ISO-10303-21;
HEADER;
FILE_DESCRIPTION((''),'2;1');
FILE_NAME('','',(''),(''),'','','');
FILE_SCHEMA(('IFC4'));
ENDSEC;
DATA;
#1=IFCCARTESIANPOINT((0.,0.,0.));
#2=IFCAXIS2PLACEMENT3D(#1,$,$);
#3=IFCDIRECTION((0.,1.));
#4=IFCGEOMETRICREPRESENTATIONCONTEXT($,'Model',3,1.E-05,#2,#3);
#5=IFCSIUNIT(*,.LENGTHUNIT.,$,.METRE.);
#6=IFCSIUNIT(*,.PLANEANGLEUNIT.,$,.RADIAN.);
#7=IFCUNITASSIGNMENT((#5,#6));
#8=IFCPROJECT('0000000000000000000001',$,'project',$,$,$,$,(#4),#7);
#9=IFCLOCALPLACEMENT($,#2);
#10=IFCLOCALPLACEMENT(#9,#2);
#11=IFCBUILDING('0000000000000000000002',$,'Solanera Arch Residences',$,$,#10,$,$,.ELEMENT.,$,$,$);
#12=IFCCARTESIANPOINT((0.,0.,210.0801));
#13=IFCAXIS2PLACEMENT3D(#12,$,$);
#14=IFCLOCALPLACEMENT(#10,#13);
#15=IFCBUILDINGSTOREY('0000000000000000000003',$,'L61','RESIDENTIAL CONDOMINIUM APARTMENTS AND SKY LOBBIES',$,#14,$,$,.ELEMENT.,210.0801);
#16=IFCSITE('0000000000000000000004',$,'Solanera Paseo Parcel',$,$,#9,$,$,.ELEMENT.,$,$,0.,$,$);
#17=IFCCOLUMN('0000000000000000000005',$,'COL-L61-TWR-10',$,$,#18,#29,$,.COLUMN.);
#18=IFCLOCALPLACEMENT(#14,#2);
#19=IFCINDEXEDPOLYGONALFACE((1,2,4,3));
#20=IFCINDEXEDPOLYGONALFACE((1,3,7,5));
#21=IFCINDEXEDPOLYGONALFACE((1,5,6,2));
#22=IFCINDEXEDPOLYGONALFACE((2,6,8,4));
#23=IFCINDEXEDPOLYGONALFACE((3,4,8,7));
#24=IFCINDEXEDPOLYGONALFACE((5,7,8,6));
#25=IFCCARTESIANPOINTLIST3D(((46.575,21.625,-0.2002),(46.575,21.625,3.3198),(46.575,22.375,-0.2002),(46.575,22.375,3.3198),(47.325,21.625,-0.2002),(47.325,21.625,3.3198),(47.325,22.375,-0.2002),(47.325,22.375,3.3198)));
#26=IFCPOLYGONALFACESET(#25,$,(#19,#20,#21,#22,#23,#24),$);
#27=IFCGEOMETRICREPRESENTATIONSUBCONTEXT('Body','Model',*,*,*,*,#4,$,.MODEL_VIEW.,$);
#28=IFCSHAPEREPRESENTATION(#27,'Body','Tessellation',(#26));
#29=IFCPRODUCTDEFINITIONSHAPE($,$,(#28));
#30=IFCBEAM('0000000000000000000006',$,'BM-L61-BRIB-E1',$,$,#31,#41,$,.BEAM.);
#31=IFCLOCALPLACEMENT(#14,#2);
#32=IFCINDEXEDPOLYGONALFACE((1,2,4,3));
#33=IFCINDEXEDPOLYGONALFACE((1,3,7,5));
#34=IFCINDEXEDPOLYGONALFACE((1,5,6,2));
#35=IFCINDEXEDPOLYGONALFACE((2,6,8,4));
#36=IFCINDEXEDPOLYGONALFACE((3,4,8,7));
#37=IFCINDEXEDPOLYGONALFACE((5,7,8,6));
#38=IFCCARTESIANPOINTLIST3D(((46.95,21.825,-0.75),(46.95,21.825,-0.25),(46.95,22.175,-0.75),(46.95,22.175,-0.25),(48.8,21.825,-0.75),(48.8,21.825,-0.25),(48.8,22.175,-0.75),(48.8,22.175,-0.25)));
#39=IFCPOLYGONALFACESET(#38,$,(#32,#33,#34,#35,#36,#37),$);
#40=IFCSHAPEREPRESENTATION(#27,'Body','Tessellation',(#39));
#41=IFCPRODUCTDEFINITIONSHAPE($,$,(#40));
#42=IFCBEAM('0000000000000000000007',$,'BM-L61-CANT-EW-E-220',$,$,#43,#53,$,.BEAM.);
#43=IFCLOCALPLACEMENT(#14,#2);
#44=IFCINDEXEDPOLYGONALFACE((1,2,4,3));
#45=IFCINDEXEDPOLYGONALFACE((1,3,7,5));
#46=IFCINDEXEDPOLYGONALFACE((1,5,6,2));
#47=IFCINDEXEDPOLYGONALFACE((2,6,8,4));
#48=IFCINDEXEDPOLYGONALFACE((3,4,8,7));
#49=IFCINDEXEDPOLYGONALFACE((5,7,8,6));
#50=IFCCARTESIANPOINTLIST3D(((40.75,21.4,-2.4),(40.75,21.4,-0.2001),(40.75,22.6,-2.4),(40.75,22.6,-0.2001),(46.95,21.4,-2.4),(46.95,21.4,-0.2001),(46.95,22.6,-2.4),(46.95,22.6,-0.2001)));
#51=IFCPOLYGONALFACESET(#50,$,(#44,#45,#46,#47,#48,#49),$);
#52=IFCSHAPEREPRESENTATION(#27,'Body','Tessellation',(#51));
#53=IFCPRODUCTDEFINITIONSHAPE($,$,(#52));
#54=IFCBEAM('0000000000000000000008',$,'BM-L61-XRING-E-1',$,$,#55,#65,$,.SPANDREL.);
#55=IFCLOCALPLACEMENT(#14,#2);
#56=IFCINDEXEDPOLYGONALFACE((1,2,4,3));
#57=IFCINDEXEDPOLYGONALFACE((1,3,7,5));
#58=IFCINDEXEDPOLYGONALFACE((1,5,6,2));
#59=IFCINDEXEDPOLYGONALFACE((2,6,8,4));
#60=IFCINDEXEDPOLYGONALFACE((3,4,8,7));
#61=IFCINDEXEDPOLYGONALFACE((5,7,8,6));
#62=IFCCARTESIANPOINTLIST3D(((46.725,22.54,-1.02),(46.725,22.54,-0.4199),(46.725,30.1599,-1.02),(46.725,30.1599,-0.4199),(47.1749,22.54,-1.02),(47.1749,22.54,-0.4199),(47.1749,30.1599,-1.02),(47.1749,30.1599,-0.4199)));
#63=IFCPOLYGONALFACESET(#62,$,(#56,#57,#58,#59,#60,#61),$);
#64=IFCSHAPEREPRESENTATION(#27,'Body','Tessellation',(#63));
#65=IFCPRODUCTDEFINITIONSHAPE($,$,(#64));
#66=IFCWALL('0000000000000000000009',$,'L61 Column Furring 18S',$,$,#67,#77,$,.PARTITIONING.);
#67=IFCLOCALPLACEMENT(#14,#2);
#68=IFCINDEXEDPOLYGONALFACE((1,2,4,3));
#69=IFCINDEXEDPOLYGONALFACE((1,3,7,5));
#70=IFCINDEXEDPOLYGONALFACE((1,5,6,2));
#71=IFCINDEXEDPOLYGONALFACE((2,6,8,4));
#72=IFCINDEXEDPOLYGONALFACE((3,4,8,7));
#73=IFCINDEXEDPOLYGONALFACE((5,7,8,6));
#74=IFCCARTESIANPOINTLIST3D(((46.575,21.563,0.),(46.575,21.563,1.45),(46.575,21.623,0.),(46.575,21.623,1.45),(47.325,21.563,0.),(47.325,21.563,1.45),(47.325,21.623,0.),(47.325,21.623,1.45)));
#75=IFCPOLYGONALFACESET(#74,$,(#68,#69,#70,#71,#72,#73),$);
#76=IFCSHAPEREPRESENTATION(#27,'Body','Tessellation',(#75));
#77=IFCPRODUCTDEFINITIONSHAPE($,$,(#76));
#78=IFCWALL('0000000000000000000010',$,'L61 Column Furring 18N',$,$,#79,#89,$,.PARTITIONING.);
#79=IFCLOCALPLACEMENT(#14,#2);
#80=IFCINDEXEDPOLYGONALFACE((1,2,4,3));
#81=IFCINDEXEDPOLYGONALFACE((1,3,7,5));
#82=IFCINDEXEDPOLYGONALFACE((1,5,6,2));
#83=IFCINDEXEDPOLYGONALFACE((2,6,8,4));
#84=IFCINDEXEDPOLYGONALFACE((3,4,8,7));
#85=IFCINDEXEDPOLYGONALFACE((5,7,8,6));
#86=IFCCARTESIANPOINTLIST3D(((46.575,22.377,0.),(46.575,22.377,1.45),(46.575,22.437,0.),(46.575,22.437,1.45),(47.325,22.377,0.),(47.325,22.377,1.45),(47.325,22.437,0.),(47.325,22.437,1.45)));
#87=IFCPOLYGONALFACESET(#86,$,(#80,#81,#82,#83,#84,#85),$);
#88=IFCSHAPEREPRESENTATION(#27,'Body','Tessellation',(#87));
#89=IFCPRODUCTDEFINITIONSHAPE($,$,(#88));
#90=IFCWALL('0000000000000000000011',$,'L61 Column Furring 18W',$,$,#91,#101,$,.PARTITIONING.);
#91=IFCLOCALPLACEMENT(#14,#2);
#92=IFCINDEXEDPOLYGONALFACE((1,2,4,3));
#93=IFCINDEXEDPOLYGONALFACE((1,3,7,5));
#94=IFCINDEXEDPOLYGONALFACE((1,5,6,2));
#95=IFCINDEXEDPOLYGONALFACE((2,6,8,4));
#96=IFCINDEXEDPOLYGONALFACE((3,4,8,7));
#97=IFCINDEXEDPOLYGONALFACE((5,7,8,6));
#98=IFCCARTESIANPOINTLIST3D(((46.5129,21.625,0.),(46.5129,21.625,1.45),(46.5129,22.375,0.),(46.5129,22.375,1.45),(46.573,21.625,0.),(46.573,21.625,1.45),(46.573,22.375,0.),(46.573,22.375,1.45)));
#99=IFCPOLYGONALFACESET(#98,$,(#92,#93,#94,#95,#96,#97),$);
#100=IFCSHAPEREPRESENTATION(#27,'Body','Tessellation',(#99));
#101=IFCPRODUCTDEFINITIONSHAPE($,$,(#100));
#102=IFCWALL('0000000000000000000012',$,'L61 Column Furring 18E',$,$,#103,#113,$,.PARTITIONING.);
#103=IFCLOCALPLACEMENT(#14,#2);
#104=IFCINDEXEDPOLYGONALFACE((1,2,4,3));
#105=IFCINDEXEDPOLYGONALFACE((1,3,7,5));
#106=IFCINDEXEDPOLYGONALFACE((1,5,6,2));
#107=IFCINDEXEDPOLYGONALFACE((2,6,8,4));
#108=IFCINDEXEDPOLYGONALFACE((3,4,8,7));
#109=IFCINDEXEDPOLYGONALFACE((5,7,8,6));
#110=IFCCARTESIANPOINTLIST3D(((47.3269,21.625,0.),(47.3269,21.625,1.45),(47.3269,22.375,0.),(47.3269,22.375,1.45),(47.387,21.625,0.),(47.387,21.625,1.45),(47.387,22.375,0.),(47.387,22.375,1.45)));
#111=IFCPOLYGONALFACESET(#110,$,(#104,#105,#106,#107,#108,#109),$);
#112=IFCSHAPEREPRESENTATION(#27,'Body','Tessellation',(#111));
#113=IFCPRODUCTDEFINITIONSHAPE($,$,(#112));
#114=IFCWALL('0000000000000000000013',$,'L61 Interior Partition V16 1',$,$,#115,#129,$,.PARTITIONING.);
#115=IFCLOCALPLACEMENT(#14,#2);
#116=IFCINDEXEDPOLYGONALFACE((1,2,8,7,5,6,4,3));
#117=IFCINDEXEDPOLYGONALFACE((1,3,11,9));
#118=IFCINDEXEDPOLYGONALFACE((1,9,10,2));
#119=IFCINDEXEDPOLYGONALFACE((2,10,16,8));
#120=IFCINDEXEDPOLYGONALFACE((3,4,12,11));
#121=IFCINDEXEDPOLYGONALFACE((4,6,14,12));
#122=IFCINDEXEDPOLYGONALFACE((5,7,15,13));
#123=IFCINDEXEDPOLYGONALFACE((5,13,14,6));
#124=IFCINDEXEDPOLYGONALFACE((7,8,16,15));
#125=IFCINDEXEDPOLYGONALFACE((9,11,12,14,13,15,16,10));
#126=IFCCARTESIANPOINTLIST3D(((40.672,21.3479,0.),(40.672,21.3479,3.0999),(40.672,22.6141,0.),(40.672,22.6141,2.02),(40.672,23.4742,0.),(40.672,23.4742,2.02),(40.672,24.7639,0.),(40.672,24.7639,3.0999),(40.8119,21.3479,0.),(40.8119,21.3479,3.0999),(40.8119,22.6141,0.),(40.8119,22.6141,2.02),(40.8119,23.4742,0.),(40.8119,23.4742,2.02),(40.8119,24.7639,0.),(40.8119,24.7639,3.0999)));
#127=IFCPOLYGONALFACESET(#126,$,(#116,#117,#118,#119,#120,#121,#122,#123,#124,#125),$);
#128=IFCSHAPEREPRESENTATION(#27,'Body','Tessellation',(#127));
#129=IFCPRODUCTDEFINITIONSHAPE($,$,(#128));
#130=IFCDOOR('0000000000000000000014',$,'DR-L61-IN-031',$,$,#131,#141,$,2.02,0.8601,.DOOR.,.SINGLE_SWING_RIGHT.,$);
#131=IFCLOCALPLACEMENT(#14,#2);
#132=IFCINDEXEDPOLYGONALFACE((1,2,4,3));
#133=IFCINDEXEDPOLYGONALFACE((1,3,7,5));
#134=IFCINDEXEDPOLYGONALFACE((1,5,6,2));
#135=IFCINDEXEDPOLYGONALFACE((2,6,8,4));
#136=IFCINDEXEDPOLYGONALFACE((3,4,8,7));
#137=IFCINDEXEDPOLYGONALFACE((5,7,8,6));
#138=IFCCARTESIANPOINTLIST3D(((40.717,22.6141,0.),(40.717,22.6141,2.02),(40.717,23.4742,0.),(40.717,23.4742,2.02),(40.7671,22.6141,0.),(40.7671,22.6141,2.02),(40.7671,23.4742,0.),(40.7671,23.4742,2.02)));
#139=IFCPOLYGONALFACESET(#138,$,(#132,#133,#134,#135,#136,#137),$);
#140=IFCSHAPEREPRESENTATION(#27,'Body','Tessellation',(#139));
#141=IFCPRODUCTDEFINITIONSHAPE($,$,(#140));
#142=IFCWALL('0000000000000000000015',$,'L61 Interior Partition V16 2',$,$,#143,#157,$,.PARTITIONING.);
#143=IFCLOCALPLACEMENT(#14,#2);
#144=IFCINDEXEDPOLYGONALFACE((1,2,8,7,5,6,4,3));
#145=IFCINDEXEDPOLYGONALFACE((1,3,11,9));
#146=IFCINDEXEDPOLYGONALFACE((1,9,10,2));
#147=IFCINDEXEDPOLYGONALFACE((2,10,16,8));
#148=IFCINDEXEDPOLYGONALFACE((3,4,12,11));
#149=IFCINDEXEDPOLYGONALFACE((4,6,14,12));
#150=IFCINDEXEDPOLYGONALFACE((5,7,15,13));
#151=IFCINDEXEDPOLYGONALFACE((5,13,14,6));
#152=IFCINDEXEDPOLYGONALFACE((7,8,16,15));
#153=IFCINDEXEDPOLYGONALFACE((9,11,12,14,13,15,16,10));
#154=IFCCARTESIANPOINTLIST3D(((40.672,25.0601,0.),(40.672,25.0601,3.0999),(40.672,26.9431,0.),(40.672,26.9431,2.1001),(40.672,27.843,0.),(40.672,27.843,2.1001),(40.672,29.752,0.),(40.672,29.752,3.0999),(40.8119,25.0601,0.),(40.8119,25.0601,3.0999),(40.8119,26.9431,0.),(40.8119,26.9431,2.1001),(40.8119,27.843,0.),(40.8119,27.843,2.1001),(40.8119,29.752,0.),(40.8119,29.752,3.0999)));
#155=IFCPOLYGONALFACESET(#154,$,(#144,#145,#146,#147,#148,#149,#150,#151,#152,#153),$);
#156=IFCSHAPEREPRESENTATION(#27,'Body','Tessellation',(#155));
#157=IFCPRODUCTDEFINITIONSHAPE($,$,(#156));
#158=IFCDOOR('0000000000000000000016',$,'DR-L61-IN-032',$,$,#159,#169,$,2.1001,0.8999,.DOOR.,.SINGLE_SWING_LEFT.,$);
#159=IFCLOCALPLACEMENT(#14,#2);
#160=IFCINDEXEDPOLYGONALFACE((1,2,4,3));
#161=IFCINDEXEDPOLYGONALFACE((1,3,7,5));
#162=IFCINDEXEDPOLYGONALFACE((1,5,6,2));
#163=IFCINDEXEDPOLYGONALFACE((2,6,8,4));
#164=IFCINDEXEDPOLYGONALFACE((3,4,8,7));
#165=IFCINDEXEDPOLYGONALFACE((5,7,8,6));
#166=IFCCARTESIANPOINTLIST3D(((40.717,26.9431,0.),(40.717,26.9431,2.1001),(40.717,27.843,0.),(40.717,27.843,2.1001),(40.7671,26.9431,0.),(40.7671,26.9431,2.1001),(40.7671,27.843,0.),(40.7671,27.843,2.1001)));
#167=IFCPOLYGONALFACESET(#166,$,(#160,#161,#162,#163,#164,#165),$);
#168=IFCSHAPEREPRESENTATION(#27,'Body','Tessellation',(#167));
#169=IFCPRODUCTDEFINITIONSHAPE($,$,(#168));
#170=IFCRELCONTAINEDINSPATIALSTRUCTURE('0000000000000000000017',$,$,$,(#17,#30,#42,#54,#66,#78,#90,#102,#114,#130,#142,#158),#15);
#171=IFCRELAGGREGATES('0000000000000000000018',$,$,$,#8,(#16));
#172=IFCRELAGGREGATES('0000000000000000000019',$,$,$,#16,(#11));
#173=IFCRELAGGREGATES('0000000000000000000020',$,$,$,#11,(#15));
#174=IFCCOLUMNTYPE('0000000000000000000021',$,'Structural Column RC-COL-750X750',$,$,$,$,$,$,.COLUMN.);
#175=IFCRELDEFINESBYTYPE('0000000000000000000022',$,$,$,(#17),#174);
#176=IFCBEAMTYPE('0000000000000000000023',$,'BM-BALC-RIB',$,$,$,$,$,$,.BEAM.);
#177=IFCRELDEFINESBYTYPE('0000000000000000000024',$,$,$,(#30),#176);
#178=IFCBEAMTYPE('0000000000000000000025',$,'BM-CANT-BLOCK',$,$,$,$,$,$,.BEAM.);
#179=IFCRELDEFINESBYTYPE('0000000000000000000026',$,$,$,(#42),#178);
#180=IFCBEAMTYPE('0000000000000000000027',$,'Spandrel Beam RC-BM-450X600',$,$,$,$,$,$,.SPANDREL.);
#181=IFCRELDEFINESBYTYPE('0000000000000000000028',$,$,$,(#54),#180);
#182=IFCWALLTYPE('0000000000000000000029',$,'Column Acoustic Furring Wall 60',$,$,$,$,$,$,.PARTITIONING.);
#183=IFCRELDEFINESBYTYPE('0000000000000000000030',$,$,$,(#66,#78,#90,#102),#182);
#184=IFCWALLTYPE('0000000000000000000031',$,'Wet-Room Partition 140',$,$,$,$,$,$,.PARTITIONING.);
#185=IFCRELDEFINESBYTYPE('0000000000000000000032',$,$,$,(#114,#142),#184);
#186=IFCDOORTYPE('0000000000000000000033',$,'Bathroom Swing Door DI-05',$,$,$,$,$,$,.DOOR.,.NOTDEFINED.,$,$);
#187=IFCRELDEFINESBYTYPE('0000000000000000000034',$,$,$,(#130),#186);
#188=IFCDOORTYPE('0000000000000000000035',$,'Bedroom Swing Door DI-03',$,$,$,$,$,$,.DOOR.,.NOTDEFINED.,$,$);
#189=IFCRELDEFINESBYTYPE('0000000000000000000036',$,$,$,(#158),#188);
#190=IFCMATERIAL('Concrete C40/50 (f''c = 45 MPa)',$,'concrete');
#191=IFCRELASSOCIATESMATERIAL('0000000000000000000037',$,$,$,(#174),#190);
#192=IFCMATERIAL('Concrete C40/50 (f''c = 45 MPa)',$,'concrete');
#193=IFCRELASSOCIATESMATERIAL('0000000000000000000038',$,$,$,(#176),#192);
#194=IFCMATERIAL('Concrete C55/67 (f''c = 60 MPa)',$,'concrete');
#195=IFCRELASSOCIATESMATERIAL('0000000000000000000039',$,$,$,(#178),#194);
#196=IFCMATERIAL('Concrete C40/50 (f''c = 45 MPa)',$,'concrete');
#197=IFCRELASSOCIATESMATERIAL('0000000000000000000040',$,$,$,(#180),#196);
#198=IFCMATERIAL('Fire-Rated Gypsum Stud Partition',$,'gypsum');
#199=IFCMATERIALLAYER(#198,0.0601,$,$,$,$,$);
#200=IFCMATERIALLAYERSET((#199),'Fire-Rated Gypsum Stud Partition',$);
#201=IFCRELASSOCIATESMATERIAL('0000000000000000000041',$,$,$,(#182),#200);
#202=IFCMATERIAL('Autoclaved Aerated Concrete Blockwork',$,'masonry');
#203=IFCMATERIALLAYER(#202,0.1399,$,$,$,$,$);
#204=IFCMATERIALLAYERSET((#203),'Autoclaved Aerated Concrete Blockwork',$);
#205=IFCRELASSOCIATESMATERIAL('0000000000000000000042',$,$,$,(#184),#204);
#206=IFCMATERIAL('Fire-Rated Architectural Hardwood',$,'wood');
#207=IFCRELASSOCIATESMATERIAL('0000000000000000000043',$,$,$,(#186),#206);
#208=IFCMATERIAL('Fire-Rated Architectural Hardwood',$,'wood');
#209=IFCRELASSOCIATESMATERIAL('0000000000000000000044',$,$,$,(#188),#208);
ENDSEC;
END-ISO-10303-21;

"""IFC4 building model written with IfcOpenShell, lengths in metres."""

from ifc_helpers import new_model, si_unit, direction, frame, frame_2d, origin, origin_2d, place, context, subcontext, project, spatial, rectangle, extrude, material, layer, layer_set, material_profile, profile_set, type_object, element, fill, save


model = new_model("IFC4")

# Units and contexts
model_context = context("Model", 3, precision=1e-05, world=origin(), true_north=direction((0.0, 1.0)))
body_context = subcontext(model_context, "Body", "Model", "MODEL_VIEW")
ifc_project = project(units=[si_unit("LENGTHUNIT", "METRE"), si_unit("PLANEANGLEUNIT", "RADIAN")], contexts=[model_context])

# Site, building, storey
site_placement = place(None, origin())
site = spatial("IfcSite", under=ifc_project, at=site_placement, Name="Solanera Paseo Parcel", CompositionType="ELEMENT", RefElevation=0.0)
building_placement = place(site_placement, origin())
building = spatial("IfcBuilding", under=site, at=building_placement, Name="Solanera Arch Residences", CompositionType="ELEMENT")
storey_placement = place(building_placement, frame((0.0, 0.0, 210.0801)))
storey = spatial("IfcBuildingStorey", under=building, at=storey_placement, Name="L61", Description="RESIDENTIAL CONDOMINIUM APARTMENTS AND SKY LOBBIES", CompositionType="ELEMENT", Elevation=210.0801)

# Column
ifc_material_1 = material(Name="Concrete C40/50 (f'c = 45 MPa)", Category="concrete")
ifc_material_profile_1 = material_profile(ifc_material_1, rectangle(XDim=0.75, YDim=0.75, at=origin_2d()))
ifc_profile_set_1 = profile_set([ifc_material_profile_1], Name="Concrete C40/50 (f'c = 45 MPa)")
column_type = type_object("IfcColumnType", Name="Structural Column RC-COL-750X750", PredefinedType="COLUMN", material=ifc_profile_set_1)
column_placement = place(storey_placement, frame((46.95, 22.0, -0.2002), z_axis=(0.0, 0.0, 1.0), x_axis=(1.0, 0.0, 0.0)))
element("IfcColumn", 1, at=column_placement, inside=storey, type_object=column_type, Name="COL-L61-TWR-10", PredefinedType="COLUMN", context=body_context, shape_type="SweptSolid", body=[
    extrude(rectangle(XDim=0.75, YDim=0.75, at=origin_2d()), origin(), (0.0, 0.0, 1.0), 3.52),
])

# Beams
ifc_material_2 = material(Name="Concrete C40/50 (f'c = 45 MPa)", Category="concrete")
ifc_material_profile_2 = material_profile(ifc_material_2, rectangle(XDim=0.3501, YDim=0.5, at=origin_2d()))
ifc_profile_set_2 = profile_set([ifc_material_profile_2], Name="Concrete C40/50 (f'c = 45 MPa)")
beam_type_1 = type_object("IfcBeamType", Name="BM-BALC-RIB", PredefinedType="BEAM", material=ifc_profile_set_2)
beam_1_placement = place(storey_placement, frame((46.95, 22.0, -0.5), z_axis=(1.0, 0.0, 0.0), x_axis=(0.0, 1.0, 0.0)))
element("IfcBeam", 2, at=beam_1_placement, inside=storey, type_object=beam_type_1, Name="BM-L61-BRIB-E1", PredefinedType="BEAM", context=body_context, shape_type="SweptSolid", body=[
    extrude(rectangle(XDim=0.3501, YDim=0.5, at=origin_2d()), origin(), (0.0, 0.0, 1.0), 1.8501),
])
ifc_material_3 = material(Name="Concrete C55/67 (f'c = 60 MPa)", Category="concrete")
ifc_material_profile_3 = material_profile(ifc_material_3, rectangle(XDim=1.2, YDim=2.2, at=origin_2d()))
ifc_profile_set_3 = profile_set([ifc_material_profile_3], Name="Concrete C55/67 (f'c = 60 MPa)")
beam_type_2 = type_object("IfcBeamType", Name="BM-CANT-BLOCK", PredefinedType="BEAM", material=ifc_profile_set_3)
beam_2_placement = place(storey_placement, frame((40.75, 22.0, -1.3), z_axis=(1.0, 0.0, 0.0), x_axis=(0.0, 1.0, 0.0)))
element("IfcBeam", 3, at=beam_2_placement, inside=storey, type_object=beam_type_2, Name="BM-L61-CANT-EW-E-220", PredefinedType="BEAM", context=body_context, shape_type="SweptSolid", body=[
    extrude(rectangle(XDim=1.2, YDim=2.2, at=origin_2d()), origin(), (0.0, 0.0, 1.0), 6.2),
])
ifc_material_4 = material(Name="Concrete C40/50 (f'c = 45 MPa)", Category="concrete")
ifc_material_profile_4 = material_profile(ifc_material_4, rectangle(XDim=0.45, YDim=0.6001, at=origin_2d()))
ifc_profile_set_4 = profile_set([ifc_material_profile_4], Name="Concrete C40/50 (f'c = 45 MPa)")
beam_type_3 = type_object("IfcBeamType", Name="Spandrel Beam RC-BM-450X600", PredefinedType="SPANDREL", material=ifc_profile_set_4)
beam_3_placement = place(storey_placement, frame((46.95, 22.54, -0.72), z_axis=(0.0, 1.0, 0.0), x_axis=(-1.0, 0.0, 0.0)))
element("IfcBeam", 4, at=beam_3_placement, inside=storey, type_object=beam_type_3, Name="BM-L61-XRING-E-1", PredefinedType="SPANDREL", context=body_context, shape_type="SweptSolid", body=[
    extrude(rectangle(XDim=0.45, YDim=0.6001, at=origin_2d()), origin(), (0.0, 0.0, 1.0), 7.6199),
])

# Walls
ifc_material_5 = material(Name="Fire-Rated Gypsum Stud Partition", Category="gypsum")
ifc_layer_1 = layer(ifc_material_5, 0.0601)
ifc_layer_set_1 = layer_set([ifc_layer_1], Name="Fire-Rated Gypsum Stud Partition")
wall_type_1 = type_object("IfcWallType", Name="Column Acoustic Furring Wall 60", PredefinedType="PARTITIONING", material=ifc_layer_set_1)
for number, where, z_axis, x_axis, name in (
    (5, (46.575, 21.593, 0.0), (0.0, 0.0, 1.0), (1.0, 0.0, 0.0), "L61 Column Furring 18S"),
    (6, (46.575, 22.407, 0.0), (0.0, 0.0, 1.0), (1.0, 0.0, 0.0), "L61 Column Furring 18N"),
    (7, (46.543, 21.625, 0.0), (0.0, 0.0, 1.0), (0.0, 1.0, 0.0), "L61 Column Furring 18W"),
    (8, (47.3569, 21.625, 0.0), (0.0, 0.0, 1.0), (0.0, 1.0, 0.0), "L61 Column Furring 18E"),
):
    element("IfcWall", number, at=place(storey_placement, frame(where, z_axis=z_axis, x_axis=x_axis)), inside=storey, type_object=wall_type_1, Name=name, PredefinedType="PARTITIONING", context=body_context, shape_type="SweptSolid", body=[
        extrude(rectangle(XDim=0.75, YDim=0.0601, at=frame_2d((0.375, 0.0))), origin(), (0.0, 0.0, 1.0), 1.45),
    ])

# Walls, openings, doors
ifc_material_6 = material(Name="Autoclaved Aerated Concrete Blockwork", Category="masonry")
ifc_layer_2 = layer(ifc_material_6, 0.1399)
ifc_layer_set_2 = layer_set([ifc_layer_2], Name="Autoclaved Aerated Concrete Blockwork")
wall_type_2 = type_object("IfcWallType", Name="Wet-Room Partition 140", PredefinedType="PARTITIONING", material=ifc_layer_set_2)
wall_1_placement = place(storey_placement, frame((40.7419, 21.3479, 0.0), z_axis=(0.0, 0.0, 1.0), x_axis=(0.0, 1.0, 0.0)))
wall_1 = element("IfcWall", 9, at=wall_1_placement, inside=storey, type_object=wall_type_2, Name="L61 Interior Partition V16 1", PredefinedType="PARTITIONING", context=body_context, shape_type="SweptSolid", body=[
    extrude(rectangle(XDim=3.416, YDim=0.1399, at=frame_2d((1.708, 0.0))), origin(), (0.0, 0.0, 1.0), 3.0999),
])
opening_1_placement = place(wall_1_placement, frame((1.2661, 0.0, 0.0)))
opening_1 = element("IfcOpeningElement", 10, at=opening_1_placement, cuts=wall_1, PredefinedType="OPENING", context=body_context, shape_type="SweptSolid", body=[
    extrude(rectangle(XDim=0.8601, YDim=2.02, at=frame_2d((0.4302, 1.01))), frame((0.0, 0.0798, 0.0), z_axis=(0.0, -1.0, 0.0), x_axis=(1.0, 0.0, 0.0)), (0.0, 0.0, 1.0), 0.1599),
])
ifc_material_7 = material(Name="Fire-Rated Architectural Hardwood", Category="wood")
door_type_1 = type_object("IfcDoorType", Name="Bathroom Swing Door DI-05", OperationType="NOTDEFINED", PredefinedType="DOOR", material=ifc_material_7)
door_1_placement = place(opening_1_placement, origin())
door_1 = element("IfcDoor", 11, at=door_1_placement, inside=storey, type_object=door_type_1, Name="DR-L61-IN-031", OperationType="SINGLE_SWING_RIGHT", OverallHeight=2.02, OverallWidth=0.8601, PredefinedType="DOOR", context=body_context, shape_type="SweptSolid", body=[
    extrude(rectangle(XDim=0.8601, YDim=2.02, at=frame_2d((0.4302, 1.01))), frame((0.0, 0.0249, 0.0), z_axis=(0.0, -1.0, 0.0), x_axis=(1.0, 0.0, 0.0)), (0.0, 0.0, 1.0), 0.05),
])
fill(opening_1, door_1)
wall_2_placement = place(storey_placement, frame((40.7419, 25.0601, 0.0), z_axis=(0.0, 0.0, 1.0), x_axis=(0.0, 1.0, 0.0)))
wall_2 = element("IfcWall", 12, at=wall_2_placement, inside=storey, type_object=wall_type_2, Name="L61 Interior Partition V16 2", PredefinedType="PARTITIONING", context=body_context, shape_type="SweptSolid", body=[
    extrude(rectangle(XDim=4.6919, YDim=0.1399, at=frame_2d((2.3459, 0.0))), origin(), (0.0, 0.0, 1.0), 3.0999),
])
opening_2_placement = place(wall_2_placement, frame((1.8831, 0.0, 0.0)))
opening_2 = element("IfcOpeningElement", 13, at=opening_2_placement, cuts=wall_2, PredefinedType="OPENING", context=body_context, shape_type="SweptSolid", body=[
    extrude(rectangle(XDim=0.8999, YDim=2.1001, at=frame_2d((0.45, 1.05))), frame((0.0, 0.0798, 0.0), z_axis=(0.0, -1.0, 0.0), x_axis=(1.0, 0.0, 0.0)), (0.0, 0.0, 1.0), 0.1599),
])
ifc_material_8 = material(Name="Fire-Rated Architectural Hardwood", Category="wood")
door_type_2 = type_object("IfcDoorType", Name="Bedroom Swing Door DI-03", OperationType="NOTDEFINED", PredefinedType="DOOR", material=ifc_material_8)
door_2_placement = place(opening_2_placement, origin())
door_2 = element("IfcDoor", 14, at=door_2_placement, inside=storey, type_object=door_type_2, Name="DR-L61-IN-032", OperationType="SINGLE_SWING_LEFT", OverallHeight=2.1001, OverallWidth=0.8999, PredefinedType="DOOR", context=body_context, shape_type="SweptSolid", body=[
    extrude(rectangle(XDim=0.8999, YDim=2.1001, at=frame_2d((0.45, 1.05))), frame((0.0, 0.0249, 0.0), z_axis=(0.0, -1.0, 0.0), x_axis=(1.0, 0.0, 0.0)), (0.0, 0.0, 1.0), 0.05),
])
fill(opening_2, door_2)

save(model, "model.ifc")
